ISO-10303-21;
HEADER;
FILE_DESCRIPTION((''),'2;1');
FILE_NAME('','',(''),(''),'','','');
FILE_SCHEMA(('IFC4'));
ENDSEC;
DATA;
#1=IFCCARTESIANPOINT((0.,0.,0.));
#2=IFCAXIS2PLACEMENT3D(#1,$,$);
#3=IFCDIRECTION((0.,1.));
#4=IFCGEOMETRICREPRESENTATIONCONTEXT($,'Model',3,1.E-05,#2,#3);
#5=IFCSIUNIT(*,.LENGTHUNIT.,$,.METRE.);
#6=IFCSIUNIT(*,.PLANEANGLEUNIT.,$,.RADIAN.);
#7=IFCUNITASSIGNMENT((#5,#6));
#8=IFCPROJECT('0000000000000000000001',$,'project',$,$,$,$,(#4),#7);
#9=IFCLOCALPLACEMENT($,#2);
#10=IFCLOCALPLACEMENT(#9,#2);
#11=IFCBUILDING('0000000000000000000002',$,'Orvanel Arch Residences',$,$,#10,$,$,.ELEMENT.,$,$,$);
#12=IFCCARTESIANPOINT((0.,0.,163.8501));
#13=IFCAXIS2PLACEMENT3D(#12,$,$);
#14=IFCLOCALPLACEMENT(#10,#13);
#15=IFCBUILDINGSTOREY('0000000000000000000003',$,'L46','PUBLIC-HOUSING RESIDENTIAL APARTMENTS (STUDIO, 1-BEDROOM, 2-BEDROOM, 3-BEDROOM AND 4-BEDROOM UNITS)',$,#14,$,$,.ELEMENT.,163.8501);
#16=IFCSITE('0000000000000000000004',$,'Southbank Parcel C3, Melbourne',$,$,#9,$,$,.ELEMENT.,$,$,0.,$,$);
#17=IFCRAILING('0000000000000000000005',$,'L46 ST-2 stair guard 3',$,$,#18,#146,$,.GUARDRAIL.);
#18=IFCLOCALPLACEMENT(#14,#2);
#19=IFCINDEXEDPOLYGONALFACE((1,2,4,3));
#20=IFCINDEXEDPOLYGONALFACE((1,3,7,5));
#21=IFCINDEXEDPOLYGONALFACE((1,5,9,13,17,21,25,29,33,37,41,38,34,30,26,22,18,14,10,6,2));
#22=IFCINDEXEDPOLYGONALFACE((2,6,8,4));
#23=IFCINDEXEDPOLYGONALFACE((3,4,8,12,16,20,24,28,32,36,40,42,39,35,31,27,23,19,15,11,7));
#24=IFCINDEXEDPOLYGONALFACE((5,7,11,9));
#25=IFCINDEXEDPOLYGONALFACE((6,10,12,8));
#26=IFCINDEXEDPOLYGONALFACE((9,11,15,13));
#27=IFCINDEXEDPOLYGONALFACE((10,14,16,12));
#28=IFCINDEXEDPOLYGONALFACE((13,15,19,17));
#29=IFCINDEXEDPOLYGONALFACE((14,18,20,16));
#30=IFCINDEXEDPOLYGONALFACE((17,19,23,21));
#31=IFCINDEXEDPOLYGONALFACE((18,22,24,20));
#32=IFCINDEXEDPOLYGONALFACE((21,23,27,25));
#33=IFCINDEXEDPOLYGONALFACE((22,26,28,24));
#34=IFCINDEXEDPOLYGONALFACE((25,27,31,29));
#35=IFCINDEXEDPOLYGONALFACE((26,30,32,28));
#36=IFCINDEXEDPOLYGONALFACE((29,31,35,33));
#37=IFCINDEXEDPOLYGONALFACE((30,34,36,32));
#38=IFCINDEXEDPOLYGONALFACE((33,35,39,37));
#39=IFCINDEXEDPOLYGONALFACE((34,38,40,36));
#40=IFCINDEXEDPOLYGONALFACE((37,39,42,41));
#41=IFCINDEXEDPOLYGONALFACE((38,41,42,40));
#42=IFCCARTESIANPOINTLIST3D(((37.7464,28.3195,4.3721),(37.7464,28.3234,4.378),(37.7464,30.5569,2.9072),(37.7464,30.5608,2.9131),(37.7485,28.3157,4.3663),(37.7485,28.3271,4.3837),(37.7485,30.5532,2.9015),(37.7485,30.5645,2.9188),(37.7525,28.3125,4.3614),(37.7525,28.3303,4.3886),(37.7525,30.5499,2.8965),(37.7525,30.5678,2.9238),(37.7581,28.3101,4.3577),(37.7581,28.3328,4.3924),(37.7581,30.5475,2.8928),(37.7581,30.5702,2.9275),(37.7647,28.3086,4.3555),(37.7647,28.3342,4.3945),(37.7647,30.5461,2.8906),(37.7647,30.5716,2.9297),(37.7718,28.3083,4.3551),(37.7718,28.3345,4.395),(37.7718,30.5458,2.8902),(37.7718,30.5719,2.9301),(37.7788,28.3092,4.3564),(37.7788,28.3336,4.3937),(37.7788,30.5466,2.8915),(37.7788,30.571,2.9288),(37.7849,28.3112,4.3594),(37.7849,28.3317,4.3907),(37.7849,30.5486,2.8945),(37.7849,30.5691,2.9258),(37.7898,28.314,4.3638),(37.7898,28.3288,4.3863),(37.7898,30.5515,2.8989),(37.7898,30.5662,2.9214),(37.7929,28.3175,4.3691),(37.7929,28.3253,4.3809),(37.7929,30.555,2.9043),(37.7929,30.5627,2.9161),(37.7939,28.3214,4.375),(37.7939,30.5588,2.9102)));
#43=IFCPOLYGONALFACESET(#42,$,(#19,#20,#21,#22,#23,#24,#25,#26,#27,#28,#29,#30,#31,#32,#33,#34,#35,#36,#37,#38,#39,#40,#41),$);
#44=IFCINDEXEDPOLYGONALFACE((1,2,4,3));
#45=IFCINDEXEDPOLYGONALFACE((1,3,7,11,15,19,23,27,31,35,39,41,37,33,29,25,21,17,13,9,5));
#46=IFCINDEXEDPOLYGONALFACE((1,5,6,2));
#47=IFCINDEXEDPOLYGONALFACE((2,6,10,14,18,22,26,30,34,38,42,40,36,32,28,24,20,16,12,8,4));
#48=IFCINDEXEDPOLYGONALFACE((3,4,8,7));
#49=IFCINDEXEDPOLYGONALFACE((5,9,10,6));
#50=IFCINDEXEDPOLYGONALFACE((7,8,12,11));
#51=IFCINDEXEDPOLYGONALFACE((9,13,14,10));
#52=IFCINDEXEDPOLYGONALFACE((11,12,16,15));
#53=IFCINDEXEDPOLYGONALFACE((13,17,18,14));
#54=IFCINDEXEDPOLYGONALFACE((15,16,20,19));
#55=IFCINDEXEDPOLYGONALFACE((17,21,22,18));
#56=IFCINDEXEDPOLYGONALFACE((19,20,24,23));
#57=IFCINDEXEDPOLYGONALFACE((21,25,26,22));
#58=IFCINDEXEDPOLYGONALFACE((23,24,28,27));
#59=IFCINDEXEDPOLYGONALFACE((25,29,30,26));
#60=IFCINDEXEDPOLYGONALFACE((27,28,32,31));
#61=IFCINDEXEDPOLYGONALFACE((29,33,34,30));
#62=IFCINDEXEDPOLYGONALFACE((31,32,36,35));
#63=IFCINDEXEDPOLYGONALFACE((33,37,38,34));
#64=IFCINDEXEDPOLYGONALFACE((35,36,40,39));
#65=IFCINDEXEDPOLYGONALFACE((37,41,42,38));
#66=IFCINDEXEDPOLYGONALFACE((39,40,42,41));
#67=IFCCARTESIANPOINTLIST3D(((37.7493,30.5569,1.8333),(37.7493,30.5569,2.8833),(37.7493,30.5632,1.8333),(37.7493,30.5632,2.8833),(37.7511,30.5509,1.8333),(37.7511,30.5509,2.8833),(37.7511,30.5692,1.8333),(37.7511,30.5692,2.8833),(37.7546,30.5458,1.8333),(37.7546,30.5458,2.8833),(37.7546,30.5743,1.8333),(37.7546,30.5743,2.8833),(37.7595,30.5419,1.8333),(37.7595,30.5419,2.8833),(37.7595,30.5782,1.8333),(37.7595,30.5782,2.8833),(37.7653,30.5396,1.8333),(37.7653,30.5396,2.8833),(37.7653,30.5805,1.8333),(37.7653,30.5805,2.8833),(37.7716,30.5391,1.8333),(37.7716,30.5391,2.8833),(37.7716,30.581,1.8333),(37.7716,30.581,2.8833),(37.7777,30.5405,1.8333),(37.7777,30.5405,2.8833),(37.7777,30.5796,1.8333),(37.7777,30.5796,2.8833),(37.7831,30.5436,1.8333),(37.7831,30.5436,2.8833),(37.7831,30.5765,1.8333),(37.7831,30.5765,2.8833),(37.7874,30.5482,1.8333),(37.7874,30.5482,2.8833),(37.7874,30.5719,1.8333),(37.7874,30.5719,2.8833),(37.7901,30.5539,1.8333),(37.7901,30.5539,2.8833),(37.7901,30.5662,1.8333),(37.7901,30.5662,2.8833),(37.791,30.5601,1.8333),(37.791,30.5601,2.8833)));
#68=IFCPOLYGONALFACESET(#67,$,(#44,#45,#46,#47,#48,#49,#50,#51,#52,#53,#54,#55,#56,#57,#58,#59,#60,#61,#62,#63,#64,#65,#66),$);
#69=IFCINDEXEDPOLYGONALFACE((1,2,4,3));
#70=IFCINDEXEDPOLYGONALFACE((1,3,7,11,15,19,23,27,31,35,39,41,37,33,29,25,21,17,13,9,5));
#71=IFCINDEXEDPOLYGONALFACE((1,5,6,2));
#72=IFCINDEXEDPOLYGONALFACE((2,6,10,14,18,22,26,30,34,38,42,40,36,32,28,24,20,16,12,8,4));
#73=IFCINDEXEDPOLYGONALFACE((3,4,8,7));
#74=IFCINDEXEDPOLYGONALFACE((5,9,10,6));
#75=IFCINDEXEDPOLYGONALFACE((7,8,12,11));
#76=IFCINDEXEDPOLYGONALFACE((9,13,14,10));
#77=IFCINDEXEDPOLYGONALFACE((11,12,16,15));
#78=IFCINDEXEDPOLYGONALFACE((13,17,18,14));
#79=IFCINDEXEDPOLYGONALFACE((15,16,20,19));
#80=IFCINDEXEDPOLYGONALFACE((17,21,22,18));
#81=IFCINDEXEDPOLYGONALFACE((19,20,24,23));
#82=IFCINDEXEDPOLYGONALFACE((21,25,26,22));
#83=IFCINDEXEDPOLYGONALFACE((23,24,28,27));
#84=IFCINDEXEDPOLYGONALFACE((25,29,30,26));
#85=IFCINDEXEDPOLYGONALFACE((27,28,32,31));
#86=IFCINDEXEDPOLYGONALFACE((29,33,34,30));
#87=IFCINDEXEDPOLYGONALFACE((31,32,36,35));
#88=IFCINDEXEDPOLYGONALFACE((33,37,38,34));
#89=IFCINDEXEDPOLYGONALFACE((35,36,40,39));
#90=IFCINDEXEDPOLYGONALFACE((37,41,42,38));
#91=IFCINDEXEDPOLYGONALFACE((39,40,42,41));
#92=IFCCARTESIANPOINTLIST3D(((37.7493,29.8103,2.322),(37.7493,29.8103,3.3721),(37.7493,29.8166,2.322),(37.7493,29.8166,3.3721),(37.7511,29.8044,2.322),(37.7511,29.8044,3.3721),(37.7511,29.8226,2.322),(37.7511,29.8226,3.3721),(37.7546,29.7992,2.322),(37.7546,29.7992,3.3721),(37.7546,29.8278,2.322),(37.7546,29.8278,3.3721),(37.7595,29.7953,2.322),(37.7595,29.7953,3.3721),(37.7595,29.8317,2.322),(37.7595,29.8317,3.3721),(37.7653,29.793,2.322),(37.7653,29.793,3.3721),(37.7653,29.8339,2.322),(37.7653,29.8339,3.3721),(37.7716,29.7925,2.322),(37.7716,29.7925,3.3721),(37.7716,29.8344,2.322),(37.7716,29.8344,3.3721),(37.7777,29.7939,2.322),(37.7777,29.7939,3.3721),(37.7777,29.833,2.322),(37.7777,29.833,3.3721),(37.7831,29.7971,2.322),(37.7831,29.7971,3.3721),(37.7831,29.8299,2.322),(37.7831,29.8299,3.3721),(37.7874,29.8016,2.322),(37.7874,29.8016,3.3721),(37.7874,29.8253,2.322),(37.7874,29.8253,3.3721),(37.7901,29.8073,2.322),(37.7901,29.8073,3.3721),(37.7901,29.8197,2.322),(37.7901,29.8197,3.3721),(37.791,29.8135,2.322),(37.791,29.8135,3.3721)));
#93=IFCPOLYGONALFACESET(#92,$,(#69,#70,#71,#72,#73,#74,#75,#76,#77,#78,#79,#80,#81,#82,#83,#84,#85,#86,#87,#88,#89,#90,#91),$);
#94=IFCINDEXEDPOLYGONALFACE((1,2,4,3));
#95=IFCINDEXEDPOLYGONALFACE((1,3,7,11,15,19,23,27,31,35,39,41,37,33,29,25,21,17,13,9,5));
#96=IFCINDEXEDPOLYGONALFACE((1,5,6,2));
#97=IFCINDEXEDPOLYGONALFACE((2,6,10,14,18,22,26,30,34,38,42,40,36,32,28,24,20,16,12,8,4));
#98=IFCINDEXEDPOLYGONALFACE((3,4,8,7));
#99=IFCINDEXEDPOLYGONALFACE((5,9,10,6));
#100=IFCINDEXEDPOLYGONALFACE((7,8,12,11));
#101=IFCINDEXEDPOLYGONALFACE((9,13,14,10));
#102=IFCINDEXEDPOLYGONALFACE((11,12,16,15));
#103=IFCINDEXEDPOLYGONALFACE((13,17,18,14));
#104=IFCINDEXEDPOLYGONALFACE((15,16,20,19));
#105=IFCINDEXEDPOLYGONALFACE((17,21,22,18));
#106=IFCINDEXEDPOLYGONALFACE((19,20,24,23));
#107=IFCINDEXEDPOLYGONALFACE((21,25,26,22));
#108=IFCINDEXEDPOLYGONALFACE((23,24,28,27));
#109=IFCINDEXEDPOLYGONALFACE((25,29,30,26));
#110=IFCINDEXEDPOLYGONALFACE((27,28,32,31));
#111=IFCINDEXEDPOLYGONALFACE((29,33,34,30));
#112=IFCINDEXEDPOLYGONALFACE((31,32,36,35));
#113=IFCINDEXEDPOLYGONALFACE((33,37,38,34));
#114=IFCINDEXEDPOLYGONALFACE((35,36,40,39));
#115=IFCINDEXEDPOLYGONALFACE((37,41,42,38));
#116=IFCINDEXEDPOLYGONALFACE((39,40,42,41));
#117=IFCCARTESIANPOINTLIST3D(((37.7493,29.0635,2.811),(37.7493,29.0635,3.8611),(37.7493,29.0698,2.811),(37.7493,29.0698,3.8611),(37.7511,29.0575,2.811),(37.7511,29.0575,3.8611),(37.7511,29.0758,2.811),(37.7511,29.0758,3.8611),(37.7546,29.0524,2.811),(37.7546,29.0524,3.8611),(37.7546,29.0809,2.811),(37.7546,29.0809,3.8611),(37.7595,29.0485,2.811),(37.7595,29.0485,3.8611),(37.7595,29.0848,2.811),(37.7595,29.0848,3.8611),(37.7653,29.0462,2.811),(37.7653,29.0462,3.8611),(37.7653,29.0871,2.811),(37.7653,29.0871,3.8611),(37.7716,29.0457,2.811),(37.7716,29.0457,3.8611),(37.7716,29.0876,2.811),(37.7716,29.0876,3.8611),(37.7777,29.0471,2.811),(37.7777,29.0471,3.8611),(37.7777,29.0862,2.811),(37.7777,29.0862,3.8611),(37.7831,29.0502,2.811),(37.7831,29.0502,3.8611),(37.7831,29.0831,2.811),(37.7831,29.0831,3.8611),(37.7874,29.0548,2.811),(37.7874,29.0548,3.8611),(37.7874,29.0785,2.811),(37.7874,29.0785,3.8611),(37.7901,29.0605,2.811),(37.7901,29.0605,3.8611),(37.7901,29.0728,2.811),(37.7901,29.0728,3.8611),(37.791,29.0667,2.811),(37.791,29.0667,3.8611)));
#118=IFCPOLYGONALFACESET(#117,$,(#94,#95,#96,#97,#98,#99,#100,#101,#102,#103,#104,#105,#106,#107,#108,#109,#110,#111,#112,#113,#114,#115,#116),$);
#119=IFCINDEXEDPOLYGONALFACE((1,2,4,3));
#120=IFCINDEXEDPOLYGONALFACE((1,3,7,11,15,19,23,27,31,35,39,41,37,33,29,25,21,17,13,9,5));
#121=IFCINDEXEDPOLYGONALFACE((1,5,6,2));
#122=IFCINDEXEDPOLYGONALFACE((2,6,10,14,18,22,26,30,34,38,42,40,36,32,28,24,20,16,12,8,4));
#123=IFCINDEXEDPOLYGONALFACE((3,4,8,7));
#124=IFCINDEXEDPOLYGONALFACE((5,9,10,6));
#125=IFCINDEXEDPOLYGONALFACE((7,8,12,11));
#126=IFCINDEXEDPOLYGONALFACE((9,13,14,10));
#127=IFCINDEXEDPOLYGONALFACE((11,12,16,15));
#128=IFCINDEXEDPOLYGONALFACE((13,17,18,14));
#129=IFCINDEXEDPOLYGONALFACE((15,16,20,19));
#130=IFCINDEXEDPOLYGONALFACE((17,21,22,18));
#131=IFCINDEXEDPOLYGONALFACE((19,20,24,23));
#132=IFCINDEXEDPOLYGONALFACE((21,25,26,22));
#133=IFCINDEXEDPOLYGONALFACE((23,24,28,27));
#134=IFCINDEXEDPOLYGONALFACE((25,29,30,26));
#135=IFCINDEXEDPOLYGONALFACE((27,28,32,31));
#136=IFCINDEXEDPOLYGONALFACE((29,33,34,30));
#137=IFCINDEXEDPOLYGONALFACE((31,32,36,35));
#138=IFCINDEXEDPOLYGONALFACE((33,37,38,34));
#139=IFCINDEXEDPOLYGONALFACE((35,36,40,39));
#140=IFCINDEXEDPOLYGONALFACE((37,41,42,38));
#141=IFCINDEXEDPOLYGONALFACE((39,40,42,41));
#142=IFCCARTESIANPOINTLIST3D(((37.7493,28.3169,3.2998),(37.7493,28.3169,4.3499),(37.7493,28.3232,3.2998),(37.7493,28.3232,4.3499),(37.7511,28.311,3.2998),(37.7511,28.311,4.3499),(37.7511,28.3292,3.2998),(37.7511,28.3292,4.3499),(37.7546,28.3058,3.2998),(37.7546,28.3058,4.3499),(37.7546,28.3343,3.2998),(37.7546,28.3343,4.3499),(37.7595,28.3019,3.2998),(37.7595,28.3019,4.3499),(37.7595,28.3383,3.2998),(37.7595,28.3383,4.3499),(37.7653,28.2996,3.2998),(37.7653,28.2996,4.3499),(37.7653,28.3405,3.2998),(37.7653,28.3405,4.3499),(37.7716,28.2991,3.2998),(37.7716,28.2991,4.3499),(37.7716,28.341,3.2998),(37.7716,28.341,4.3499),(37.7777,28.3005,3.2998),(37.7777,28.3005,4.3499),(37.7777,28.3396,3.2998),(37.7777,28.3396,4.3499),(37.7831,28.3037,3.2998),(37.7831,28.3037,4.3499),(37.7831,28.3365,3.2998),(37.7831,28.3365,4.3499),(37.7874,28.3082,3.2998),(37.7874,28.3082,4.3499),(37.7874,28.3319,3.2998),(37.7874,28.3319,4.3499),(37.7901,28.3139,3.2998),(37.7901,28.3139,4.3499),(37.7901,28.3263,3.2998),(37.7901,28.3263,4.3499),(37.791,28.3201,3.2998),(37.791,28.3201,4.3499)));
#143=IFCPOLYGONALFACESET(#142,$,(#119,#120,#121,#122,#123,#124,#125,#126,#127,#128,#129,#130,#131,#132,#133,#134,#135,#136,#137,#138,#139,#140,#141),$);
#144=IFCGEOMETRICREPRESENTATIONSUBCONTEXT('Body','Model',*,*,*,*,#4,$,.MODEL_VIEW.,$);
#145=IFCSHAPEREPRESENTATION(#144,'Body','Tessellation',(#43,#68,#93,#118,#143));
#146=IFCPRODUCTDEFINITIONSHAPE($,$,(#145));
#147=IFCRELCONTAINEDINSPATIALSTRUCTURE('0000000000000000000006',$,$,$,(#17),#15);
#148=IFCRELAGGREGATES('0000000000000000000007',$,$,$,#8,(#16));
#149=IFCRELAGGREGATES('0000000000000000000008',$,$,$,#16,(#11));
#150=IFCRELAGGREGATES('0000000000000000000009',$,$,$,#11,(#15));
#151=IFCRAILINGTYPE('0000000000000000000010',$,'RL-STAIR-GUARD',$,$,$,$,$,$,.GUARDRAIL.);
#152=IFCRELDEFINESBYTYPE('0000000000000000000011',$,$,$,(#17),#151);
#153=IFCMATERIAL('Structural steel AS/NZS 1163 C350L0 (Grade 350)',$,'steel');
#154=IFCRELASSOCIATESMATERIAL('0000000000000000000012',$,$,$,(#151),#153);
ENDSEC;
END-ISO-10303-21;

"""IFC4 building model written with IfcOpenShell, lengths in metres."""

from ifc_helpers import new_model, si_unit, direction, frame, origin, origin_2d, place, context, subcontext, project, spatial, circle, extrude, material, type_object, element, save


model = new_model("IFC4")

# Units and contexts
model_context = context("Model", 3, precision=1e-05, world=origin(), true_north=direction((0.0, 1.0)))
body_context = subcontext(model_context, "Body", "Model", "MODEL_VIEW")
ifc_project = project(units=[si_unit("LENGTHUNIT", "METRE"), si_unit("PLANEANGLEUNIT", "RADIAN")], contexts=[model_context])

# Site, building, storey
site_placement = place(None, origin())
site = spatial("IfcSite", under=ifc_project, at=site_placement, Name="Southbank Parcel C3, Melbourne", CompositionType="ELEMENT", RefElevation=0.0)
building_placement = place(site_placement, origin())
building = spatial("IfcBuilding", under=site, at=building_placement, Name="Orvanel Arch Residences", CompositionType="ELEMENT")
storey_placement = place(building_placement, frame((0.0, 0.0, 163.8501)))
storey = spatial("IfcBuildingStorey", under=building, at=storey_placement, Name="L46", Description="PUBLIC-HOUSING RESIDENTIAL APARTMENTS (STUDIO, 1-BEDROOM, 2-BEDROOM, 3-BEDROOM AND 4-BEDROOM UNITS)", CompositionType="ELEMENT", Elevation=163.8501)

# Railing
ifc_material_1 = material(Name="Structural steel AS/NZS 1163 C350L0 (Grade 350)", Category="steel")
railing_type_1 = type_object("IfcRailingType", Name="RL-STAIR-GUARD", PredefinedType="GUARDRAIL", material=ifc_material_1)
railing_1_placement = place(storey_placement, frame((37.77, 30.5601, 1.8333)))
element("IfcRailing", 1, at=railing_1_placement, inside=storey, type_object=railing_type_1, Name="L46 ST-2 stair guard 3", PredefinedType="GUARDRAIL", context=body_context, shape_type="SweptSolid", body=[
    extrude(circle(Radius=0.0239, at=origin_2d()), frame((0.0, -0.0012, 1.0769), z_axis=(0.0, -0.836637, 0.547758), x_axis=(1.0, 0.0, 0.0)), (0.0, 0.0, 1.0), 2.6743),
    extrude(circle(Radius=0.021, at=origin_2d()), origin(), (0.0, 0.0, 1.0), 1.05),
    extrude(circle(Radius=0.021, at=origin_2d()), frame((0.0, -0.7466, 0.4888)), (0.0, 0.0, 1.0), 1.05),
    extrude(circle(Radius=0.021, at=origin_2d()), frame((0.0, -1.4934, 0.9778)), (0.0, 0.0, 1.0), 1.05),
    extrude(circle(Radius=0.021, at=origin_2d()), frame((0.0, -2.24, 1.4666)), (0.0, 0.0, 1.0), 1.05),
])

save(model, "model.ifc")
